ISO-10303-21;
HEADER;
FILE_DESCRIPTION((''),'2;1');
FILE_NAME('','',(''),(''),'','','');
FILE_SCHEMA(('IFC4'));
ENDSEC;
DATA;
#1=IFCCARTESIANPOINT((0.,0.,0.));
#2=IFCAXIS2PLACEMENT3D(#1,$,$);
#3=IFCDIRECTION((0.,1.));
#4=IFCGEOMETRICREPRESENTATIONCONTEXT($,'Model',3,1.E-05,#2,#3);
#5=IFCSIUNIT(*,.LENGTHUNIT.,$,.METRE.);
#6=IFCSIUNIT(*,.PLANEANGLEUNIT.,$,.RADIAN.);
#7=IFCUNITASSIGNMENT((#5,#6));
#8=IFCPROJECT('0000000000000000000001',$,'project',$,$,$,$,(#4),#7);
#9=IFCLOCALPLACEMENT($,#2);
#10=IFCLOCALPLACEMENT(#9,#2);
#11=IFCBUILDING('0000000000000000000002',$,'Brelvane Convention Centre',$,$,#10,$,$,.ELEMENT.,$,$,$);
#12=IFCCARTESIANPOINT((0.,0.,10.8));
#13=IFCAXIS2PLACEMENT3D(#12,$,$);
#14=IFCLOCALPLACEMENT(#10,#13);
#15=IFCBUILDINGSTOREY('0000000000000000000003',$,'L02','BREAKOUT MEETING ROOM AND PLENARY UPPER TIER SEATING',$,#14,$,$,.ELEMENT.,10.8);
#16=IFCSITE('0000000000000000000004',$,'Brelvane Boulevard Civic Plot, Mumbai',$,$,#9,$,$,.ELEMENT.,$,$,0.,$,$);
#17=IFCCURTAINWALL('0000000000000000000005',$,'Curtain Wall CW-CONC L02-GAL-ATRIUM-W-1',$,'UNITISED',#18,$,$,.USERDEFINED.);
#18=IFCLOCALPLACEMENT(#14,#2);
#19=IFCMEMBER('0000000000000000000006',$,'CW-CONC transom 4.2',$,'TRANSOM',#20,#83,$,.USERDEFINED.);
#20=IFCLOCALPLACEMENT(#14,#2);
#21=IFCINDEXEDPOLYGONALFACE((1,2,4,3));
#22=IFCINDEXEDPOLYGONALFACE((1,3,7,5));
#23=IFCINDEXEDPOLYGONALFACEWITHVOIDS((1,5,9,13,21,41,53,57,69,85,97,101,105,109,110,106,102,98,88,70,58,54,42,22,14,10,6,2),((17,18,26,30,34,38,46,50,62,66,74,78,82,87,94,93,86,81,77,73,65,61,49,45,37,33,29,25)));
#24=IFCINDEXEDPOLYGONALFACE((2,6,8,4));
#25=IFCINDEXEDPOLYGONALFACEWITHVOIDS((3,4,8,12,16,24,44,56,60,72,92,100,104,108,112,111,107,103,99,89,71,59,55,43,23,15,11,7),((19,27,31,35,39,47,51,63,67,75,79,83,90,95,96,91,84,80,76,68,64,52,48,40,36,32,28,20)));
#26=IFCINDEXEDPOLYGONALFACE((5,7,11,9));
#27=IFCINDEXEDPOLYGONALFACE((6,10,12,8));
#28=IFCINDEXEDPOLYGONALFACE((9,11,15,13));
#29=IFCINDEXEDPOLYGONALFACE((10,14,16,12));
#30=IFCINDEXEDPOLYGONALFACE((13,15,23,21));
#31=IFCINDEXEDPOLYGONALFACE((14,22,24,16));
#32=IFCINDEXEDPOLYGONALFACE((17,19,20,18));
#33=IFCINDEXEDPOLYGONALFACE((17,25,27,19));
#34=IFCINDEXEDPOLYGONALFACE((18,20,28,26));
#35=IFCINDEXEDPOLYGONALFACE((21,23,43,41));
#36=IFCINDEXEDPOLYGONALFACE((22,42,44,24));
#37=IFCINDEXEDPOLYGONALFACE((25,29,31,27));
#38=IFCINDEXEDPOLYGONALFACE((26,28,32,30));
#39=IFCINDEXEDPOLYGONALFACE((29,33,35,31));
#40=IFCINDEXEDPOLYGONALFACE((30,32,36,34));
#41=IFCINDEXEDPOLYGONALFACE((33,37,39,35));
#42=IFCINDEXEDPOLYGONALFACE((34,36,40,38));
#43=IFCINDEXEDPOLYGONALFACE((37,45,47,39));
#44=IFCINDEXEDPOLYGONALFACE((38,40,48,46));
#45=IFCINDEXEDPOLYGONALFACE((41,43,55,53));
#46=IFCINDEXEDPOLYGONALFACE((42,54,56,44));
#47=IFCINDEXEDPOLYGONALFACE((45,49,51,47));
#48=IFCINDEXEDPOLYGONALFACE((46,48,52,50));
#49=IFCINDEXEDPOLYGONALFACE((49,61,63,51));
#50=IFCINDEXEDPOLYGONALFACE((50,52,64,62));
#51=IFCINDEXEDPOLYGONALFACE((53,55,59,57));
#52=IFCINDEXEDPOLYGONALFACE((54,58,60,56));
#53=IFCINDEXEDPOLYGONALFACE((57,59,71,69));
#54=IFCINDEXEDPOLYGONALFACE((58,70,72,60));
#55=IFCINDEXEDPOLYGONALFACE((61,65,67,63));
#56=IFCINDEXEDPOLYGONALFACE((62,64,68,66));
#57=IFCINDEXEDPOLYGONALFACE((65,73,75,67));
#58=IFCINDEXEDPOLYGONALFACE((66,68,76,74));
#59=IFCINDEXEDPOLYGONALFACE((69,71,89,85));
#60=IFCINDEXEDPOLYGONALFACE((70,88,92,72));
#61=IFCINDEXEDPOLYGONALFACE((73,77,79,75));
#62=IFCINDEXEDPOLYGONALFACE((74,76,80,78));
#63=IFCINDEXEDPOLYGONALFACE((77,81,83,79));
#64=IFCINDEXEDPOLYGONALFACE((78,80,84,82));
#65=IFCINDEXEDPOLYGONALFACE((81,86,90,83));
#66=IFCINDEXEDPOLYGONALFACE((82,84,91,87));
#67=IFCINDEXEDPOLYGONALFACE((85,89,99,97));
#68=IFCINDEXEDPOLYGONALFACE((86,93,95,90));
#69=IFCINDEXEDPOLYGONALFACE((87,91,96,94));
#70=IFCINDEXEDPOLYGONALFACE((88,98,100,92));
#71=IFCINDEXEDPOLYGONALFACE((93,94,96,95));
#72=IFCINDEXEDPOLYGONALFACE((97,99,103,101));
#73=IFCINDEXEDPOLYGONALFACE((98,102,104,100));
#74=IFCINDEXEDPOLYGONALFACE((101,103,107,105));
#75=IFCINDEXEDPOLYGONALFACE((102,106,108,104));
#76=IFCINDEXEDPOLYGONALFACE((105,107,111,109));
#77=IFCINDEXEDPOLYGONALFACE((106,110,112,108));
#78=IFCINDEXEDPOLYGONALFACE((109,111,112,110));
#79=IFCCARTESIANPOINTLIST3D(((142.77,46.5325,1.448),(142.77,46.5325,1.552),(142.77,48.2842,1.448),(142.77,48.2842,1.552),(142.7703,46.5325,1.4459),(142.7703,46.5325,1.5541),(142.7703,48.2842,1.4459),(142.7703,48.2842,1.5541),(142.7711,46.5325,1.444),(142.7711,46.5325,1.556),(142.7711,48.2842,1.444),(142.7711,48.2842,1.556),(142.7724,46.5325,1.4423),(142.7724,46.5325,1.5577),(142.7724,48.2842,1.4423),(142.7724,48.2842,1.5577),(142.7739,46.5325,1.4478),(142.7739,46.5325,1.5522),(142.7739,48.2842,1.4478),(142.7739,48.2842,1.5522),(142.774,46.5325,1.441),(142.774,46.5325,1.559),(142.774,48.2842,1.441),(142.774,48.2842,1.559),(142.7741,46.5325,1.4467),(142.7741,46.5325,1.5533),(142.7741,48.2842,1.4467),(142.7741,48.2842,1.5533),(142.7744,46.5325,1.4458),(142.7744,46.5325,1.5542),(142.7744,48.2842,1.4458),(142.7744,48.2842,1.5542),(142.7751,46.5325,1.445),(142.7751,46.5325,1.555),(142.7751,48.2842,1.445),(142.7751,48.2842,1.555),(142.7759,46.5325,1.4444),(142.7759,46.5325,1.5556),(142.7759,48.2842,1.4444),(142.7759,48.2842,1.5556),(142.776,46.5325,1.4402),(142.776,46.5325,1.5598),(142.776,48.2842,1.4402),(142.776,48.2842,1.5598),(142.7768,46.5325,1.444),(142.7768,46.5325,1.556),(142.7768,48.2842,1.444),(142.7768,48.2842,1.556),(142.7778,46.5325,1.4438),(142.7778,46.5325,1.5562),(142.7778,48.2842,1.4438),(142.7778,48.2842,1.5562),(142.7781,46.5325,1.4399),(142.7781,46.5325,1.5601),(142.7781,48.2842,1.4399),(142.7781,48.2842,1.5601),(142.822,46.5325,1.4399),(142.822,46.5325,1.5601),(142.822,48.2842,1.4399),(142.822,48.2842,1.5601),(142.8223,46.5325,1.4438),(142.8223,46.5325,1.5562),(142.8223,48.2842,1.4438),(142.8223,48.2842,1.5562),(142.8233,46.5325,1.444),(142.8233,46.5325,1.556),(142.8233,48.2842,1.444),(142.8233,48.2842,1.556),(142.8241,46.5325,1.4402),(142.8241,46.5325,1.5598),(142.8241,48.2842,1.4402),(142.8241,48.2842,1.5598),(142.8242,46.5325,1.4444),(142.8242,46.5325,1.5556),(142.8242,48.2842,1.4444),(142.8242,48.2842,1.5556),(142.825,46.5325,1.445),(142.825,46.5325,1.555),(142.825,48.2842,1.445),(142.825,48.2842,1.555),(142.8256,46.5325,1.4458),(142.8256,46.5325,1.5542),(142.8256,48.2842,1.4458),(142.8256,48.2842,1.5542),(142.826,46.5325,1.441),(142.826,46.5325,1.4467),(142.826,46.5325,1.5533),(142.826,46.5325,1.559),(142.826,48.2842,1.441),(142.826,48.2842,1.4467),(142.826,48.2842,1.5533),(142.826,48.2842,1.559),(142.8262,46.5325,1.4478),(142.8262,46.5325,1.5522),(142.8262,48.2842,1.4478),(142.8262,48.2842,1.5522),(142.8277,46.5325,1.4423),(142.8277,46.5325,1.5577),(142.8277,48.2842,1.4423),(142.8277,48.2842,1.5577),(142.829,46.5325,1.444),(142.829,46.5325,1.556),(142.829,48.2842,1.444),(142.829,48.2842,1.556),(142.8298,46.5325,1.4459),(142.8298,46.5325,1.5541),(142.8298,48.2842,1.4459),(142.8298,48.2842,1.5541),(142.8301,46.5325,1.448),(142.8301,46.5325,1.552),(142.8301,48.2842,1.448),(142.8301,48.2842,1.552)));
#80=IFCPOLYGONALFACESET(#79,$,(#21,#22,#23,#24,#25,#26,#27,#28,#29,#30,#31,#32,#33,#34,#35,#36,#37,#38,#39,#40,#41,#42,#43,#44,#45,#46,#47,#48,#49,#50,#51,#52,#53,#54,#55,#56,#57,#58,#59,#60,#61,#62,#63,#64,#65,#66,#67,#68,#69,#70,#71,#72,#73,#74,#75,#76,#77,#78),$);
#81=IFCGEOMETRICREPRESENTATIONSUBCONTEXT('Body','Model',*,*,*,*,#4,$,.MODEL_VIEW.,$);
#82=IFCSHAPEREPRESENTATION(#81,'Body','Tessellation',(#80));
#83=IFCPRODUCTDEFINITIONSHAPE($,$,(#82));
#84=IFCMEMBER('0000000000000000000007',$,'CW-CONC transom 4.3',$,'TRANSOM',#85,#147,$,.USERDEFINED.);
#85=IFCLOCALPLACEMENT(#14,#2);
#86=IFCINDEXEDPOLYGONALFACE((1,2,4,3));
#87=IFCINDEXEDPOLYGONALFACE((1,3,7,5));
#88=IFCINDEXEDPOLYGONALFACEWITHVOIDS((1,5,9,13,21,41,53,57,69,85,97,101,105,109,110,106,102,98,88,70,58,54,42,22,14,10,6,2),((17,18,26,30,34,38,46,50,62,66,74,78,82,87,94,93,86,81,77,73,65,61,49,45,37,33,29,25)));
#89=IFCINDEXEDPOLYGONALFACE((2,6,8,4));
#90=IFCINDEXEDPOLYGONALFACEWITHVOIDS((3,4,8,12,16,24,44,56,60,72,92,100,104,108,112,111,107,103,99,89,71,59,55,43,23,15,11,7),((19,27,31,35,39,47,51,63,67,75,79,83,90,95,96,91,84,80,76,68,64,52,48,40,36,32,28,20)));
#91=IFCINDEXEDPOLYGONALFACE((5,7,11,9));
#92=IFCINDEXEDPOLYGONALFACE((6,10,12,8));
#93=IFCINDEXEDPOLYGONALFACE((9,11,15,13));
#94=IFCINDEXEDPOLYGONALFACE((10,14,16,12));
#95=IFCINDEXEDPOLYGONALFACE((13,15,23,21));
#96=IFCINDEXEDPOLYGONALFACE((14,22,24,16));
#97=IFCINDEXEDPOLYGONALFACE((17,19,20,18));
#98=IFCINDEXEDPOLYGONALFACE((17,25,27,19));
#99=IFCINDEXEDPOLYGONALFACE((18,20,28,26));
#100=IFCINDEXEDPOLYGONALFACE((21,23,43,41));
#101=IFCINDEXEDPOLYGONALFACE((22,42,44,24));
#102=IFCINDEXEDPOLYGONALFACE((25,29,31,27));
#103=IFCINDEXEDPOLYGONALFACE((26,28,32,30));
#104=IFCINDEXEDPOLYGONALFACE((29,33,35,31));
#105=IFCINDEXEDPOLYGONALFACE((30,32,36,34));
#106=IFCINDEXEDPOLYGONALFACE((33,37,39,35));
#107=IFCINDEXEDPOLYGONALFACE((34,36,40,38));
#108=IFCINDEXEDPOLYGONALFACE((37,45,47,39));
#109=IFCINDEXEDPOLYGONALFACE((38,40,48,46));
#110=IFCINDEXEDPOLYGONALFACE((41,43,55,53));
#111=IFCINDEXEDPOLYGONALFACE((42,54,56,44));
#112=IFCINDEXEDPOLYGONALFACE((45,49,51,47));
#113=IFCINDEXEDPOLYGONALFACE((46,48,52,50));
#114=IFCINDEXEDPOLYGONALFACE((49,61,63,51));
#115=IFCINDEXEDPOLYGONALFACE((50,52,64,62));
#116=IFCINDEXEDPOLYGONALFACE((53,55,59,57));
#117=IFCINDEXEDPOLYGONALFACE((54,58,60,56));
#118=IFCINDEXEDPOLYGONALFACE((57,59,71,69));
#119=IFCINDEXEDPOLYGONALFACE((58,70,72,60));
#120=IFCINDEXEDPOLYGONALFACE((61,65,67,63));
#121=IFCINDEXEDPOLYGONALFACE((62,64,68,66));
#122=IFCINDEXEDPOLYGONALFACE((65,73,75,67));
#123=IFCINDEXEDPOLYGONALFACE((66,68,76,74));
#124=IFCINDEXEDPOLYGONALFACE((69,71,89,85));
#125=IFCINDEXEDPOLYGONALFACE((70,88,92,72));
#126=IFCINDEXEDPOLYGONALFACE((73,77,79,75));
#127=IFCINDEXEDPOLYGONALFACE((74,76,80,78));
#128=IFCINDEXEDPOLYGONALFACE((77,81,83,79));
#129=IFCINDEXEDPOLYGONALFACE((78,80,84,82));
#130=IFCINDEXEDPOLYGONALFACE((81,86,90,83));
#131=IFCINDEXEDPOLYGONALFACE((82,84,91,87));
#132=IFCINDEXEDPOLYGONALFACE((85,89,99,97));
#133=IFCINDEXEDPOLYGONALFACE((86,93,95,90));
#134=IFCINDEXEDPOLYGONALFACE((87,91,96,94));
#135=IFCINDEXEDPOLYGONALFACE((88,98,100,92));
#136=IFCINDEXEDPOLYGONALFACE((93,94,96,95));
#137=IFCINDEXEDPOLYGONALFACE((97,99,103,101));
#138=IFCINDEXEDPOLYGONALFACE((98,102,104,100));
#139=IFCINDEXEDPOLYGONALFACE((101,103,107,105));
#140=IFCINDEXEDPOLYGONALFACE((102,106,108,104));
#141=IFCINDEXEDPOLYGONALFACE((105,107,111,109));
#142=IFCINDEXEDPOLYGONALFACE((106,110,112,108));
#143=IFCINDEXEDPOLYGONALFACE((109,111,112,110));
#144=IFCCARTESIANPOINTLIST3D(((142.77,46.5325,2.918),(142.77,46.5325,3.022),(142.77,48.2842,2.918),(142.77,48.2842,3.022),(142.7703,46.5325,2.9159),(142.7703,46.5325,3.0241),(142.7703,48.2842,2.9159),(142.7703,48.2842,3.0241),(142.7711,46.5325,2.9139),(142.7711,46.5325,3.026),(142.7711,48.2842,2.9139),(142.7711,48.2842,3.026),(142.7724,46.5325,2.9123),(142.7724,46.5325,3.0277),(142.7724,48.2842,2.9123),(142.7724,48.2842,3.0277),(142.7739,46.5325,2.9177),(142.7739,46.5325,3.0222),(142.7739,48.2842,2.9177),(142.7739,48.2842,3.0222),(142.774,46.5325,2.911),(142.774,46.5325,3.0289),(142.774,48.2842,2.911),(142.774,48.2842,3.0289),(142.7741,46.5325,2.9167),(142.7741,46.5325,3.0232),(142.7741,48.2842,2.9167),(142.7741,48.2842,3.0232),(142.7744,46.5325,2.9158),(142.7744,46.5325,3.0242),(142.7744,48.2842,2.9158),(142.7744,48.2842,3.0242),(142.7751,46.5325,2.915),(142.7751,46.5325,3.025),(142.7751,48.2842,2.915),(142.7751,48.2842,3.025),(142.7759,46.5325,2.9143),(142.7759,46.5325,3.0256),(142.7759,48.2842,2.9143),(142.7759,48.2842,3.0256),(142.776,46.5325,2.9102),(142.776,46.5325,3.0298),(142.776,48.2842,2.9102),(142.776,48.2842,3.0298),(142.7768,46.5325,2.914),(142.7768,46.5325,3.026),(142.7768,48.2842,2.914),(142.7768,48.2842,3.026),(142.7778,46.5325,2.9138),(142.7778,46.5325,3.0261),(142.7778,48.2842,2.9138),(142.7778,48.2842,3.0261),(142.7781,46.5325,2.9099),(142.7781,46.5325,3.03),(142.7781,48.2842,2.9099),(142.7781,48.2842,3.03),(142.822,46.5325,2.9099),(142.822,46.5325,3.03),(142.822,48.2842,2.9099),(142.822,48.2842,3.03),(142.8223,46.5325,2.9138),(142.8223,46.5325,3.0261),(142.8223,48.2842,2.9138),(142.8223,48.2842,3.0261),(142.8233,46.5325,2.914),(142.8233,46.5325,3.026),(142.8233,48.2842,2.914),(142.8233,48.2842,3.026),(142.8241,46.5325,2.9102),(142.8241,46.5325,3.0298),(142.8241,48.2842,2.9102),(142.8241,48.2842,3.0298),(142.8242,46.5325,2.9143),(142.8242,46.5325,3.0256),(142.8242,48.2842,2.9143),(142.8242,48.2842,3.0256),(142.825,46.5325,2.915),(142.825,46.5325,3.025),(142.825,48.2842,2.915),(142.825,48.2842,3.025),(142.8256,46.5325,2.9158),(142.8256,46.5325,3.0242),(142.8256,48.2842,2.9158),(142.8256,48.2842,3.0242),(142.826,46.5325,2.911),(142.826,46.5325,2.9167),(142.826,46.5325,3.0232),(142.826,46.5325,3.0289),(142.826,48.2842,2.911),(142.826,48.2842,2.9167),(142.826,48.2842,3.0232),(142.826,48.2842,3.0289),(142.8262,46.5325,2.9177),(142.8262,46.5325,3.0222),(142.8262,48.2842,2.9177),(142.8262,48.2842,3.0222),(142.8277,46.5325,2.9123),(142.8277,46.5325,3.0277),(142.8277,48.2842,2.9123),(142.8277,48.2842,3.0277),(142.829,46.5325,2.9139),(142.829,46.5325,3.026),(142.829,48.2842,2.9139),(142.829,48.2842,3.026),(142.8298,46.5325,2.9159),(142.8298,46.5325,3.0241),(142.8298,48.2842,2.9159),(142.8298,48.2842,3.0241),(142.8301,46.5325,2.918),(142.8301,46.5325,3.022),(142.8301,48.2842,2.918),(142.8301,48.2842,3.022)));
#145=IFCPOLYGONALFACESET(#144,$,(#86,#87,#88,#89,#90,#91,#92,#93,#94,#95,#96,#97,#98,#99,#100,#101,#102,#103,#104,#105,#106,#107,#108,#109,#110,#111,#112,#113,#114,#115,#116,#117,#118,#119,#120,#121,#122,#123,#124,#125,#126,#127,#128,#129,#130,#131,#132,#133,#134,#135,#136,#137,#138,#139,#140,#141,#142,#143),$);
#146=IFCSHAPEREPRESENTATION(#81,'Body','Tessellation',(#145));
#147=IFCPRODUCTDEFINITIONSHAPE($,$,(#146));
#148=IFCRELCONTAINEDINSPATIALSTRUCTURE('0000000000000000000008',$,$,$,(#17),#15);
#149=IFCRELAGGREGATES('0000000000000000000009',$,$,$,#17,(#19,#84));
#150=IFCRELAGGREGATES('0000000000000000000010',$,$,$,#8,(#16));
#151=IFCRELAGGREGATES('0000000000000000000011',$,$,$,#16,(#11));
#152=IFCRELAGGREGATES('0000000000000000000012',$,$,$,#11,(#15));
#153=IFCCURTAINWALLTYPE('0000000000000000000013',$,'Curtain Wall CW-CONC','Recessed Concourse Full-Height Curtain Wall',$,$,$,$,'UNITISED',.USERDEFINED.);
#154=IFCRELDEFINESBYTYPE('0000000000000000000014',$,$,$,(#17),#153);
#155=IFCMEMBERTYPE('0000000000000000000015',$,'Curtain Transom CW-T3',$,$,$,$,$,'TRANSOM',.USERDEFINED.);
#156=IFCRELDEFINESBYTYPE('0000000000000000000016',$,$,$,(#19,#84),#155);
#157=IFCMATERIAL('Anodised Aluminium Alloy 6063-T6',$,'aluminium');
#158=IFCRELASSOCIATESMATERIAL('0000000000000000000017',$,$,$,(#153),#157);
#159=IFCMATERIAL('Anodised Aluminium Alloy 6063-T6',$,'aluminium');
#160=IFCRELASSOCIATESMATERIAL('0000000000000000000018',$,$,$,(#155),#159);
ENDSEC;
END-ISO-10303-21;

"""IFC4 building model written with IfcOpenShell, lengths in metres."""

from ifc_helpers import new_model, si_unit, direction, frame, origin, origin_2d, place, context, subcontext, project, spatial, hollow_rectangle, extrude, material, material_profile, profile_set, type_object, element, aggregate, save


model = new_model("IFC4")

# Units and contexts
model_context = context("Model", 3, precision=1e-05, world=origin(), true_north=direction((0.0, 1.0)))
body_context = subcontext(model_context, "Body", "Model", "MODEL_VIEW")
ifc_project = project(units=[si_unit("LENGTHUNIT", "METRE"), si_unit("PLANEANGLEUNIT", "RADIAN")], contexts=[model_context])

# Site, building, storey
site_placement = place(None, origin())
site = spatial("IfcSite", under=ifc_project, at=site_placement, Name="Brelvane Boulevard Civic Plot, Mumbai", CompositionType="ELEMENT", RefElevation=0.0)
building_placement = place(site_placement, origin())
building = spatial("IfcBuilding", under=site, at=building_placement, Name="Brelvane Convention Centre", CompositionType="ELEMENT")
storey_placement = place(building_placement, frame((0.0, 0.0, 10.8)))
storey = spatial("IfcBuildingStorey", under=building, at=storey_placement, Name="L02", Description="BREAKOUT MEETING ROOM AND PLENARY UPPER TIER SEATING", CompositionType="ELEMENT", Elevation=10.8)

# Curtain wall, members
ifc_material_1 = material(Name="Anodised Aluminium Alloy 6063-T6", Category="aluminium")
curtain_wall_type = type_object("IfcCurtainWallType", Name="Curtain Wall CW-CONC", Description="Recessed Concourse Full-Height Curtain Wall", ElementType="UNITISED", PredefinedType="USERDEFINED", material=ifc_material_1)
curtain_wall_placement = place(storey_placement, origin())
curtain_wall = element("IfcCurtainWall", 1, at=curtain_wall_placement, inside=storey, type_object=curtain_wall_type, Name="Curtain Wall CW-CONC L02-GAL-ATRIUM-W-1", ObjectType="UNITISED", PredefinedType="USERDEFINED")
ifc_material_2 = material(Name="Anodised Aluminium Alloy 6063-T6", Category="aluminium")
ifc_material_profile_1 = material_profile(ifc_material_2, hollow_rectangle(XDim=0.0601, YDim=0.1201, WallThickness=0.0039, InnerFilletRadius=0.0039, OuterFilletRadius=0.0081, at=origin_2d()), Name="ALU-T 120x60x4.0")
ifc_profile_set_1 = profile_set([ifc_material_profile_1], Name="Anodised Aluminium Alloy 6063-T6")
member_type_1 = type_object("IfcMemberType", Name="Curtain Transom CW-T3", ElementType="TRANSOM", PredefinedType="USERDEFINED", material=ifc_profile_set_1)
member_1_placement = place(storey_placement, frame((142.8, 46.5325, 1.5), z_axis=(0.0, 1.0, 0.0), x_axis=(-1.0, 0.0, 0.0)))
member_1 = element("IfcMember", 2, at=member_1_placement, type_object=member_type_1, Name="CW-CONC transom 4.2", ObjectType="TRANSOM", PredefinedType="USERDEFINED", context=body_context, shape_type="SweptSolid", body=[
    extrude(hollow_rectangle(XDim=0.0601, YDim=0.1201, WallThickness=0.0039, InnerFilletRadius=0.0039, OuterFilletRadius=0.0081, at=origin_2d()), origin(), (0.0, 0.0, 1.0), 1.7517),
])
member_2_placement = place(storey_placement, frame((142.8, 46.5325, 2.97), z_axis=(0.0, 1.0, 0.0), x_axis=(-1.0, 0.0, 0.0)))
member_2 = element("IfcMember", 3, at=member_2_placement, type_object=member_type_1, Name="CW-CONC transom 4.3", ObjectType="TRANSOM", PredefinedType="USERDEFINED", context=body_context, shape_type="SweptSolid", body=[
    extrude(hollow_rectangle(XDim=0.0601, YDim=0.1201, WallThickness=0.0039, InnerFilletRadius=0.0039, OuterFilletRadius=0.0081, at=origin_2d()), origin(), (0.0, 0.0, 1.0), 1.7517),
])
aggregate(curtain_wall, [member_1, member_2])

save(model, "model.ifc")
